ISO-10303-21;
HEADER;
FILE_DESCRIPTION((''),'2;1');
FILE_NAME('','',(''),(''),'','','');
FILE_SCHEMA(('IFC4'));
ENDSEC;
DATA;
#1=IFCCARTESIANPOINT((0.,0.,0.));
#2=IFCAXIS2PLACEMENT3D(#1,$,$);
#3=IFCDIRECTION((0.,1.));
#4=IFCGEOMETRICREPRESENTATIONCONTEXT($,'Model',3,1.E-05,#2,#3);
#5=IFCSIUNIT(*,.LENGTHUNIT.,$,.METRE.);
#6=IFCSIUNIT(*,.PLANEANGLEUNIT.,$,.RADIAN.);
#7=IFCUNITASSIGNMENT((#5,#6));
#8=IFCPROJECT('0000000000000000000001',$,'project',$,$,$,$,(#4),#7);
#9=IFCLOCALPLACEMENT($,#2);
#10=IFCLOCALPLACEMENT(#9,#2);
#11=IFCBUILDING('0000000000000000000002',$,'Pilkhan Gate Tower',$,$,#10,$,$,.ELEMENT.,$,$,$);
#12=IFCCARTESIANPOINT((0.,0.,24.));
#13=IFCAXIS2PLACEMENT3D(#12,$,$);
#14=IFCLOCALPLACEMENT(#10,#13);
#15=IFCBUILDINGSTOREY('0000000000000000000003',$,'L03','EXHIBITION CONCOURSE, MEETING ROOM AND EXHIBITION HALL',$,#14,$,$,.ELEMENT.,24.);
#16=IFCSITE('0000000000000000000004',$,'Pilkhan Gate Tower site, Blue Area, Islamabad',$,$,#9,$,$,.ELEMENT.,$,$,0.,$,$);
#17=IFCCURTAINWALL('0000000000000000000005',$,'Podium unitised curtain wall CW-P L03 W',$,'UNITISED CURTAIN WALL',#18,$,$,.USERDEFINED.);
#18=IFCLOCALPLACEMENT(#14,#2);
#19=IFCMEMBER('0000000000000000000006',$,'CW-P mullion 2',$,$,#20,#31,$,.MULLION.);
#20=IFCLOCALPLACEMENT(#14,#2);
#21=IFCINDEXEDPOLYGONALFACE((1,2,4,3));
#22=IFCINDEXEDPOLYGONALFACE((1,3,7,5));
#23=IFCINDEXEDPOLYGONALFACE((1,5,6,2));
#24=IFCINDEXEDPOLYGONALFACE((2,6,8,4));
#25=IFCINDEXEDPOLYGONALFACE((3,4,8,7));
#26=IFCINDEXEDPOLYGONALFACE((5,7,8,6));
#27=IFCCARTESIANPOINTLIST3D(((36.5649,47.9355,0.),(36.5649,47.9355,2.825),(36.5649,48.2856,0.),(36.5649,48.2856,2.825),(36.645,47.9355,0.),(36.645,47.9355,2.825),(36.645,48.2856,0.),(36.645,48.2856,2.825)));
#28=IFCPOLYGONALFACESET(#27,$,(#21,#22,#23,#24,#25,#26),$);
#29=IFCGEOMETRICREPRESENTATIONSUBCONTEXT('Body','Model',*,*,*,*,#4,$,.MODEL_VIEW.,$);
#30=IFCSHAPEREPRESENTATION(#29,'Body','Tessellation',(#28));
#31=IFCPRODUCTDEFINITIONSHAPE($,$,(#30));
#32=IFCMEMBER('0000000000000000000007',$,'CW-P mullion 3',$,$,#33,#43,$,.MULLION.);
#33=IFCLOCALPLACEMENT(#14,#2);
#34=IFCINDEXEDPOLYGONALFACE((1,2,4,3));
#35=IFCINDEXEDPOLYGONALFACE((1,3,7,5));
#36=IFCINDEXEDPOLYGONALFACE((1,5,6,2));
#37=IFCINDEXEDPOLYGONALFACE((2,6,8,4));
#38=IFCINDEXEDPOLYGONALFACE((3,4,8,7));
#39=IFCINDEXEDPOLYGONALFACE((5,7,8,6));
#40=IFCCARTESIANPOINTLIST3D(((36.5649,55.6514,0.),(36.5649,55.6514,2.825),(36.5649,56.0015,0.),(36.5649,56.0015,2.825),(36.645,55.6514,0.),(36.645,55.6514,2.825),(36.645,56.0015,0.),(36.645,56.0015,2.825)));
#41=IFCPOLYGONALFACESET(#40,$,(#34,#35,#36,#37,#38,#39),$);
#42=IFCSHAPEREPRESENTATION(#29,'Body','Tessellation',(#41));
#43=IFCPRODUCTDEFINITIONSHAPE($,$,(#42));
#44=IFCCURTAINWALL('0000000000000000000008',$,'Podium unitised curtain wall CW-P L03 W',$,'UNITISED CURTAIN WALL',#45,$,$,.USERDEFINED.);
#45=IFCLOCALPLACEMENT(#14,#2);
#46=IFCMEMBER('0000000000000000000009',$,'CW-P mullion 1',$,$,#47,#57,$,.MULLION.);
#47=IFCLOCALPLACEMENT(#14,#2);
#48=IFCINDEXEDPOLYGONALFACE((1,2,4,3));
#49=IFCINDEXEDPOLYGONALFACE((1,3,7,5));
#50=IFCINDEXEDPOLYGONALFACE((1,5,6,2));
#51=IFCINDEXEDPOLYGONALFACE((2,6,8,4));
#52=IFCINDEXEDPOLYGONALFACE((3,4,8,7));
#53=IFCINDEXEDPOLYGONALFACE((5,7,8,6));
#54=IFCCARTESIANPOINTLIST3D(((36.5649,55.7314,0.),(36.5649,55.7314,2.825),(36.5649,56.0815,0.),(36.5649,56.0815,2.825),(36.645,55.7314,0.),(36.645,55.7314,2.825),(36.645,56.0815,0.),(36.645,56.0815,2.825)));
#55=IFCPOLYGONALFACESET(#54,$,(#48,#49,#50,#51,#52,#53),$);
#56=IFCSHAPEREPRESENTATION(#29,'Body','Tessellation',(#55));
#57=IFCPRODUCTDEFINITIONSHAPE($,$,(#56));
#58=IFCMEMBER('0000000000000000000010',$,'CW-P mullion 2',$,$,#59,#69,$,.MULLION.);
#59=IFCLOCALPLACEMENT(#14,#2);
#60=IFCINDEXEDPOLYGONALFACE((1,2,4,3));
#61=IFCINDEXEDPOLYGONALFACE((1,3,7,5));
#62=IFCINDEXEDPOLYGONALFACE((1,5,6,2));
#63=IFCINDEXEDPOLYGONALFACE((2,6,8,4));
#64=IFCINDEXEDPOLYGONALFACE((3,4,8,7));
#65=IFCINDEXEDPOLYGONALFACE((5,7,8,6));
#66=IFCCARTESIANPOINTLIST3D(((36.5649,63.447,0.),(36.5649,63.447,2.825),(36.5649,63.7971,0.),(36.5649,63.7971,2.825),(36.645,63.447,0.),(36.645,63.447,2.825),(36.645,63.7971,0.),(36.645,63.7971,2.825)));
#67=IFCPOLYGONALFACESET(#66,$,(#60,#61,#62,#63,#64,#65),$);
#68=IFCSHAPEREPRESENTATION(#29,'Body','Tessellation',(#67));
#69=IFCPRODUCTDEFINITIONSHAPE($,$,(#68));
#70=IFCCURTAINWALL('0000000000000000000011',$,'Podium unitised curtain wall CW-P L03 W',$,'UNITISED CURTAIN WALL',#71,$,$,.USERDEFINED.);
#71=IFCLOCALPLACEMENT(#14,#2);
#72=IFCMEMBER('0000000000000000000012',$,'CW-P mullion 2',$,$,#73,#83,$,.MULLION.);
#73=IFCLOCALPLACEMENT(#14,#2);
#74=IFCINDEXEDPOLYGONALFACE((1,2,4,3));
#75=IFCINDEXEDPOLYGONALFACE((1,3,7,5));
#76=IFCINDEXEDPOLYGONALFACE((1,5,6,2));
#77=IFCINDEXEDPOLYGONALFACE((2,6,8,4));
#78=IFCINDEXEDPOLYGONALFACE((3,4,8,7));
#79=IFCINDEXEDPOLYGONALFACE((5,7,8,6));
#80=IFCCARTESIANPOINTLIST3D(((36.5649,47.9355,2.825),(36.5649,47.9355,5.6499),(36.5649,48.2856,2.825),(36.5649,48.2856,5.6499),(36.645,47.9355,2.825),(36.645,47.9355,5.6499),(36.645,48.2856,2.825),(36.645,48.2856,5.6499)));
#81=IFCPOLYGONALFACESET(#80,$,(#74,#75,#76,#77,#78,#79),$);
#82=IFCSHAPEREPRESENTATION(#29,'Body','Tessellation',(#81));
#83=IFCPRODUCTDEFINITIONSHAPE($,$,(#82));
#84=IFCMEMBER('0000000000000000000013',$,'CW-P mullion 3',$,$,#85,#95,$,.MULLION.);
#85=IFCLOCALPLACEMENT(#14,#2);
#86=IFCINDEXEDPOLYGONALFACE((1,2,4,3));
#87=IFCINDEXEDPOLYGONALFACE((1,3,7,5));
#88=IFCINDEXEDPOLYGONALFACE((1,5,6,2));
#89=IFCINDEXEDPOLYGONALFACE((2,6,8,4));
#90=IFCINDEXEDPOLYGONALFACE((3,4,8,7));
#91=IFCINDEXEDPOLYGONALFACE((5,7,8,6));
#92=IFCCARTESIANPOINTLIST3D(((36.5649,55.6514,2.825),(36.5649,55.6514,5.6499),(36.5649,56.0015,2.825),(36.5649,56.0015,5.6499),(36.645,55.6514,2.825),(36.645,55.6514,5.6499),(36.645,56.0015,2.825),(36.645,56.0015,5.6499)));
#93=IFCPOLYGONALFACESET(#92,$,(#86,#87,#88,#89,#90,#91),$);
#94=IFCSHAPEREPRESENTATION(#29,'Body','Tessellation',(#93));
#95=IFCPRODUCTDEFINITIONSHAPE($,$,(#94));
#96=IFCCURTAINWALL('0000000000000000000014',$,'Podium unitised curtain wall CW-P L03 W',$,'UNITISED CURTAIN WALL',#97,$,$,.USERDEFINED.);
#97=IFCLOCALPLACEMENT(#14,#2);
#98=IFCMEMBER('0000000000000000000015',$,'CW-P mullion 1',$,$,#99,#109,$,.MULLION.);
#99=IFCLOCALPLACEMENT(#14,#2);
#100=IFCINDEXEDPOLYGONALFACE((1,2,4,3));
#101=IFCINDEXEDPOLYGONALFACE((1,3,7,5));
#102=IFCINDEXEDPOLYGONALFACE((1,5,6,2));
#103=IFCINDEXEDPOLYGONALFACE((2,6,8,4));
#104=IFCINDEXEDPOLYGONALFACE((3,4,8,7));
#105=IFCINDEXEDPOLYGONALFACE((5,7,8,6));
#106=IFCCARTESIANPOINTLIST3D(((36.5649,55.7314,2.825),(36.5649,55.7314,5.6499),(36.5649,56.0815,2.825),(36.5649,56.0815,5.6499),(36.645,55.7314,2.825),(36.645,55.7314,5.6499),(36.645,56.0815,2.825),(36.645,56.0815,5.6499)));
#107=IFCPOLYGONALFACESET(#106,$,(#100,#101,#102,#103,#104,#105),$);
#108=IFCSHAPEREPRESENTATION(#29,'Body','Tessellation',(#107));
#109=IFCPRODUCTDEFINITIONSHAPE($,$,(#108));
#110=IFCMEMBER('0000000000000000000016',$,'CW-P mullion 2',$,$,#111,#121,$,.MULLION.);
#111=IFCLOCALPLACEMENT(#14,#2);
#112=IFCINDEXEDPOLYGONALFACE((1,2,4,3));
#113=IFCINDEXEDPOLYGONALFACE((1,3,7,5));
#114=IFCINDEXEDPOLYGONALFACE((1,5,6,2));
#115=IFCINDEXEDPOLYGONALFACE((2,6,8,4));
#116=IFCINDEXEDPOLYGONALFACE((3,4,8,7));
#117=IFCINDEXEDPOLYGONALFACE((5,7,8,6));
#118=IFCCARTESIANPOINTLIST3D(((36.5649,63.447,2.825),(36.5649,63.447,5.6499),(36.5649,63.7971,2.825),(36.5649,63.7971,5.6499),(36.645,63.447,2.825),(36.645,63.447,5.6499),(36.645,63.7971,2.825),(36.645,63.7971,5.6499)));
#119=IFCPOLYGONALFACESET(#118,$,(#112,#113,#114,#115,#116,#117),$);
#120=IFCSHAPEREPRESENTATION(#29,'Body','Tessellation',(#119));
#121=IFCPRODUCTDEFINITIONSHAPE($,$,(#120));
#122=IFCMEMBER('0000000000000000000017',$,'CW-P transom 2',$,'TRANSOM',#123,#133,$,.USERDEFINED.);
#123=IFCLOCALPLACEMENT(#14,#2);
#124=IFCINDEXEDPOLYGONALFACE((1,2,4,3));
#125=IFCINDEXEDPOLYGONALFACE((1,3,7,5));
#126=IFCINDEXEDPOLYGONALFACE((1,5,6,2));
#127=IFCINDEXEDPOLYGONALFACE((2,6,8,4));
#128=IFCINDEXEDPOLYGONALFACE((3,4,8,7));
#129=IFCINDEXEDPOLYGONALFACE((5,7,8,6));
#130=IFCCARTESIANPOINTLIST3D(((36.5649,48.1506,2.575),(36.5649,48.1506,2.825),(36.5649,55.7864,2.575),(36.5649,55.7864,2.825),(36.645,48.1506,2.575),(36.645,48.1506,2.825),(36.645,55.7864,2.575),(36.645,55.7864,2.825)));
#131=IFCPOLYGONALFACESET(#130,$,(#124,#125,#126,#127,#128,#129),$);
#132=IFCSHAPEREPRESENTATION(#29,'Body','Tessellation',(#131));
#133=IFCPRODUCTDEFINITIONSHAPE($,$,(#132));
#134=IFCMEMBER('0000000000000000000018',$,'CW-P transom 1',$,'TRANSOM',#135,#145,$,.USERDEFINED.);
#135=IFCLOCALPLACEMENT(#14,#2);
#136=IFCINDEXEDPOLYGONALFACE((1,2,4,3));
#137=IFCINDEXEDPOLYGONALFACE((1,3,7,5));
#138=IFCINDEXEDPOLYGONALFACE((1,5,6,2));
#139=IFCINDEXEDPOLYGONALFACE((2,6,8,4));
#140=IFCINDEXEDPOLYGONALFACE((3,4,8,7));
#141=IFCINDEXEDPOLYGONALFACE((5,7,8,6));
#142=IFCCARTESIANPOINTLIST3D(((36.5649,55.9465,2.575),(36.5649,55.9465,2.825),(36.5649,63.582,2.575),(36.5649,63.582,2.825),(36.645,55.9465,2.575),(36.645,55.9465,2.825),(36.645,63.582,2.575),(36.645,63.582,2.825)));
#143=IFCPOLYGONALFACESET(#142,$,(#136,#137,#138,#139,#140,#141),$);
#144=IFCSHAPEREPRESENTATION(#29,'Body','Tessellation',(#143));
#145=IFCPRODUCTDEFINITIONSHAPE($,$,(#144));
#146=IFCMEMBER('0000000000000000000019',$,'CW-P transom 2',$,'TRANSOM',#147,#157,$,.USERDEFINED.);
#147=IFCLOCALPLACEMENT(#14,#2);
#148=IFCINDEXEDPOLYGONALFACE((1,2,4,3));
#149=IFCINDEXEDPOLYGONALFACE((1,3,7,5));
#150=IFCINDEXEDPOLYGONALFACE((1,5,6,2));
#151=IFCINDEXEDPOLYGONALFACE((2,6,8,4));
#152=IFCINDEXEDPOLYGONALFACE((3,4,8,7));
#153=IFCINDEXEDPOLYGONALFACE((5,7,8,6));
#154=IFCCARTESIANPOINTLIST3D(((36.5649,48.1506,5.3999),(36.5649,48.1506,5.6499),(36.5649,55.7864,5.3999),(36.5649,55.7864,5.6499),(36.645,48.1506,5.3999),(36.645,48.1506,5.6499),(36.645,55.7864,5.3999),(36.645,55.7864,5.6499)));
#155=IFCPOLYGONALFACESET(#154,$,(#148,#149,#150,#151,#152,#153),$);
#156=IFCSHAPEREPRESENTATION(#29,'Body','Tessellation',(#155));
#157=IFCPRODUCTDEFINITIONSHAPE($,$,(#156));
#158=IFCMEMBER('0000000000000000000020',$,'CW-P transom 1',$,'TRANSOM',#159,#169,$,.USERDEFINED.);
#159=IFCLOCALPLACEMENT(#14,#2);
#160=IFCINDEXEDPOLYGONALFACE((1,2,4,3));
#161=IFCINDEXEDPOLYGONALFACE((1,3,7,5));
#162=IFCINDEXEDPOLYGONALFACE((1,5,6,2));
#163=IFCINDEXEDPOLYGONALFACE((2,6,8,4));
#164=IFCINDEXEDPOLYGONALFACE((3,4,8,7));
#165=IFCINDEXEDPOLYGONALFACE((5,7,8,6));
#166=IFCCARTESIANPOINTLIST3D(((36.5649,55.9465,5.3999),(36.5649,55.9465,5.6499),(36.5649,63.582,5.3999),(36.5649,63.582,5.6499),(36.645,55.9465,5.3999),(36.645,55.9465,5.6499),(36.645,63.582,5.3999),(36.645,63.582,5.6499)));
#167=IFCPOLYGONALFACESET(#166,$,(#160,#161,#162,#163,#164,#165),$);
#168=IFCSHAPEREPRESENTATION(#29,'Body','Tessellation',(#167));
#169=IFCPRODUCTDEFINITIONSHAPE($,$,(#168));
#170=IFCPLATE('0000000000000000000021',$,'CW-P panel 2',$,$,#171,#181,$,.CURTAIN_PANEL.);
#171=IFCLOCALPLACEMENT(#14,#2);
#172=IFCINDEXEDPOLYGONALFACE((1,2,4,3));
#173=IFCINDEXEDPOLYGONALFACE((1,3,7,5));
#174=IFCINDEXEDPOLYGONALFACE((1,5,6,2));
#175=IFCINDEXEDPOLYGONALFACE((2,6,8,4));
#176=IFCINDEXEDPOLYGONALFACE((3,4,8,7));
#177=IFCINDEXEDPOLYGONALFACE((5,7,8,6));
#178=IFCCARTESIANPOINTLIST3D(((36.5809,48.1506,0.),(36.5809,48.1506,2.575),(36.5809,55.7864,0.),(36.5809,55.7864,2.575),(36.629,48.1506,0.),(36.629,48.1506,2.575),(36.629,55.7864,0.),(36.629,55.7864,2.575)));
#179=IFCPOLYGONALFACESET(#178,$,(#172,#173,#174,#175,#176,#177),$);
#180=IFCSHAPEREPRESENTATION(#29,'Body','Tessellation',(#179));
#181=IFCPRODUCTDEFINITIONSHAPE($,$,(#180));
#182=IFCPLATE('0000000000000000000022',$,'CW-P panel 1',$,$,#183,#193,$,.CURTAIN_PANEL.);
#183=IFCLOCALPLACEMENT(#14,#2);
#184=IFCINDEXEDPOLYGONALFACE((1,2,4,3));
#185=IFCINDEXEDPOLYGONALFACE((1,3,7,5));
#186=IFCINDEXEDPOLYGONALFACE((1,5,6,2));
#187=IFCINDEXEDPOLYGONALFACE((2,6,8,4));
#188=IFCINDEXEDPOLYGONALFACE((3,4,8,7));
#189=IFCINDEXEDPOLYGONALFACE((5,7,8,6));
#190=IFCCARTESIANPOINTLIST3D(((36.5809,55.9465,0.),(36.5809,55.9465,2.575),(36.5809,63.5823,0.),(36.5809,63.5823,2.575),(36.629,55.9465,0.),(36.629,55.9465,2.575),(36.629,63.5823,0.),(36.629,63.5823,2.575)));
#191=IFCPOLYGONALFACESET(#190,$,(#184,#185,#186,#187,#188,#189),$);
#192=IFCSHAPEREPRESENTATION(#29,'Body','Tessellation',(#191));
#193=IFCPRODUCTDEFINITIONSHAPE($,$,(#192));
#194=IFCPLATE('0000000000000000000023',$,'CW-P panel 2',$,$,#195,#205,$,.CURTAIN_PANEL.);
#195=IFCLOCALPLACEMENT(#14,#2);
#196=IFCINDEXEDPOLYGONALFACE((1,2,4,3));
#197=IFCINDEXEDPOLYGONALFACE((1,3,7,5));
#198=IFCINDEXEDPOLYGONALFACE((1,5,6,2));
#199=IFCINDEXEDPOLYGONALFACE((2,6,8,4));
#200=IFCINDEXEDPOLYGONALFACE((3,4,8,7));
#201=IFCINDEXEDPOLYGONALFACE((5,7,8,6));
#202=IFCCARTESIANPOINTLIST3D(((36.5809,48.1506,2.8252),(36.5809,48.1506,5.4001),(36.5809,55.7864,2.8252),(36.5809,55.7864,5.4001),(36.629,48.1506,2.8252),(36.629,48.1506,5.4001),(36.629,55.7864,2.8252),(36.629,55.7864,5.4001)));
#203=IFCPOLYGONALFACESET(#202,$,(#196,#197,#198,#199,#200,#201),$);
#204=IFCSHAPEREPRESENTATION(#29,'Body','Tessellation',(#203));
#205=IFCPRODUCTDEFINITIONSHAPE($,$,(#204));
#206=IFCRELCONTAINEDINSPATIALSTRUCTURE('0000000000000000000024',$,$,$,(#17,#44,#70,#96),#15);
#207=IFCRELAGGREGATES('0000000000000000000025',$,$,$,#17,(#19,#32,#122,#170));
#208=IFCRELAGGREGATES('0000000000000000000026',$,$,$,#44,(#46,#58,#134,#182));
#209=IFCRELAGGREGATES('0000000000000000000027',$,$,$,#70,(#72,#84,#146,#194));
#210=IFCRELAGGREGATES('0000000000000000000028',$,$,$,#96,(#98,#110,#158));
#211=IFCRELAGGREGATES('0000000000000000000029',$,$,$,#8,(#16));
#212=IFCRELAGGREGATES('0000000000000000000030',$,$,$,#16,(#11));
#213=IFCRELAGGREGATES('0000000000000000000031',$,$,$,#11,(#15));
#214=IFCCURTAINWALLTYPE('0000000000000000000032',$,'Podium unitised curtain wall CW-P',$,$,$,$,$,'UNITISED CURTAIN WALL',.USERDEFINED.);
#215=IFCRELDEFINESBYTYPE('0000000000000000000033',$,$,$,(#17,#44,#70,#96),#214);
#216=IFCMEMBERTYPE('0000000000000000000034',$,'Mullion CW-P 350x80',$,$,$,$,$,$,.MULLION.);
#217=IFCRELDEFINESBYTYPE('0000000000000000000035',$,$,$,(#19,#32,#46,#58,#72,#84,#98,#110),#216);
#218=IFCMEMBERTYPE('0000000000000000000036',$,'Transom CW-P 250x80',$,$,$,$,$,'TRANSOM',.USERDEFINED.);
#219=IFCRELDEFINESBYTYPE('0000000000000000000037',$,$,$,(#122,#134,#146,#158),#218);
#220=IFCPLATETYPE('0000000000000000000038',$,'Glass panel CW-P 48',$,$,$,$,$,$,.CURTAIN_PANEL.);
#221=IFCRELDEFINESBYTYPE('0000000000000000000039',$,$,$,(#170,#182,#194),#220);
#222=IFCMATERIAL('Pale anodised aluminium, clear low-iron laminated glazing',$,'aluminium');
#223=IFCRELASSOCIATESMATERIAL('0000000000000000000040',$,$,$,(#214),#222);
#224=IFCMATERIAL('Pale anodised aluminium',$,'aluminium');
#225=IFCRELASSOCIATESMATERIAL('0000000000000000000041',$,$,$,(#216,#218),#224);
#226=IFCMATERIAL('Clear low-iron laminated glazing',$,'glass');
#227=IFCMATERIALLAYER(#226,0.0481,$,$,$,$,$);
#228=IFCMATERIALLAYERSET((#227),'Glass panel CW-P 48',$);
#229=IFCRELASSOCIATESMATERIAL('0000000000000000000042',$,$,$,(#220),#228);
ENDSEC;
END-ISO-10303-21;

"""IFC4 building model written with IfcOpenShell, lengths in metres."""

from ifc_helpers import new_model, si_unit, direction, frame, origin, origin_2d, place, context, subcontext, project, spatial, rectangle, extrude, material, layer, layer_set, material_profile, profile_set, type_object, element, aggregate, save


model = new_model("IFC4")

# Units and contexts
model_context = context("Model", 3, precision=1e-05, world=origin(), true_north=direction((0.0, 1.0)))
body_context = subcontext(model_context, "Body", "Model", "MODEL_VIEW")
ifc_project = project(units=[si_unit("LENGTHUNIT", "METRE"), si_unit("PLANEANGLEUNIT", "RADIAN")], contexts=[model_context])

# Site, building, storey
site_placement = place(None, origin())
site = spatial("IfcSite", under=ifc_project, at=site_placement, Name="Pilkhan Gate Tower site, Blue Area, Islamabad", CompositionType="ELEMENT", RefElevation=0.0)
building_placement = place(site_placement, origin())
building = spatial("IfcBuilding", under=site, at=building_placement, Name="Pilkhan Gate Tower", CompositionType="ELEMENT")
storey_placement = place(building_placement, frame((0.0, 0.0, 24.0)))
storey = spatial("IfcBuildingStorey", under=building, at=storey_placement, Name="L03", Description="EXHIBITION CONCOURSE, MEETING ROOM AND EXHIBITION HALL", CompositionType="ELEMENT", Elevation=24.0)

# Curtain walls, members
ifc_material_1 = material(Name="Pale anodised aluminium, clear low-iron laminated glazing", Category="aluminium")
curtain_wall_type = type_object("IfcCurtainWallType", Name="Podium unitised curtain wall CW-P", ElementType="UNITISED CURTAIN WALL", PredefinedType="USERDEFINED", material=ifc_material_1)
curtain_wall_1_placement = place(storey_placement, origin())
curtain_wall_1 = element("IfcCurtainWall", 1, at=curtain_wall_1_placement, inside=storey, type_object=curtain_wall_type, Name="Podium unitised curtain wall CW-P L03 W", ObjectType="UNITISED CURTAIN WALL", PredefinedType="USERDEFINED")
ifc_material_2 = material(Name="Pale anodised aluminium", Category="aluminium")
ifc_material_profile_1 = material_profile(ifc_material_2, rectangle(XDim=0.0801, YDim=0.3501, at=origin_2d()), Name="Mullion 350x80")
ifc_profile_set_1 = profile_set([ifc_material_profile_1], Name="Pale anodised aluminium")
member_type_1 = type_object("IfcMemberType", Name="Mullion CW-P 350x80", PredefinedType="MULLION", material=ifc_profile_set_1)
member_1_placement = place(storey_placement, frame((36.605, 48.1106, 0.0), z_axis=(0.0, 0.0, 1.0), x_axis=(-1.0, 0.0, 0.0)))
member_1 = element("IfcMember", 2, at=member_1_placement, type_object=member_type_1, Name="CW-P mullion 2", PredefinedType="MULLION", context=body_context, shape_type="SweptSolid", body=[
    extrude(rectangle(XDim=0.0801, YDim=0.3501, at=origin_2d()), origin(), (0.0, 0.0, 1.0), 2.825),
])
member_2_placement = place(storey_placement, frame((36.605, 55.8264, 0.0), z_axis=(0.0, 0.0, 1.0), x_axis=(-1.0, 0.0, 0.0)))
member_2 = element("IfcMember", 3, at=member_2_placement, type_object=member_type_1, Name="CW-P mullion 3", PredefinedType="MULLION", context=body_context, shape_type="SweptSolid", body=[
    extrude(rectangle(XDim=0.0801, YDim=0.3501, at=origin_2d()), origin(), (0.0, 0.0, 1.0), 2.825),
])
curtain_wall_2_placement = place(storey_placement, origin())
curtain_wall_2 = element("IfcCurtainWall", 4, at=curtain_wall_2_placement, inside=storey, type_object=curtain_wall_type, Name="Podium unitised curtain wall CW-P L03 W", ObjectType="UNITISED CURTAIN WALL", PredefinedType="USERDEFINED")
member_3_placement = place(storey_placement, frame((36.605, 55.9065, 0.0), z_axis=(0.0, 0.0, 1.0), x_axis=(-1.0, 0.0, 0.0)))
member_3 = element("IfcMember", 5, at=member_3_placement, type_object=member_type_1, Name="CW-P mullion 1", PredefinedType="MULLION", context=body_context, shape_type="SweptSolid", body=[
    extrude(rectangle(XDim=0.0801, YDim=0.3501, at=origin_2d()), origin(), (0.0, 0.0, 1.0), 2.825),
])
member_4_placement = place(storey_placement, frame((36.605, 63.6221, 0.0), z_axis=(0.0, 0.0, 1.0), x_axis=(-1.0, 0.0, 0.0)))
member_4 = element("IfcMember", 6, at=member_4_placement, type_object=member_type_1, Name="CW-P mullion 2", PredefinedType="MULLION", context=body_context, shape_type="SweptSolid", body=[
    extrude(rectangle(XDim=0.0801, YDim=0.3501, at=origin_2d()), origin(), (0.0, 0.0, 1.0), 2.825),
])
curtain_wall_3_placement = place(storey_placement, origin())
curtain_wall_3 = element("IfcCurtainWall", 7, at=curtain_wall_3_placement, inside=storey, type_object=curtain_wall_type, Name="Podium unitised curtain wall CW-P L03 W", ObjectType="UNITISED CURTAIN WALL", PredefinedType="USERDEFINED")
member_5_placement = place(storey_placement, frame((36.605, 48.1106, 2.825), z_axis=(0.0, 0.0, 1.0), x_axis=(-1.0, 0.0, 0.0)))
member_5 = element("IfcMember", 8, at=member_5_placement, type_object=member_type_1, Name="CW-P mullion 2", PredefinedType="MULLION", context=body_context, shape_type="SweptSolid", body=[
    extrude(rectangle(XDim=0.0801, YDim=0.3501, at=origin_2d()), origin(), (0.0, 0.0, 1.0), 2.825),
])
member_6_placement = place(storey_placement, frame((36.605, 55.8264, 2.825), z_axis=(0.0, 0.0, 1.0), x_axis=(-1.0, 0.0, 0.0)))
member_6 = element("IfcMember", 9, at=member_6_placement, type_object=member_type_1, Name="CW-P mullion 3", PredefinedType="MULLION", context=body_context, shape_type="SweptSolid", body=[
    extrude(rectangle(XDim=0.0801, YDim=0.3501, at=origin_2d()), origin(), (0.0, 0.0, 1.0), 2.825),
])
curtain_wall_4_placement = place(storey_placement, origin())
curtain_wall_4 = element("IfcCurtainWall", 10, at=curtain_wall_4_placement, inside=storey, type_object=curtain_wall_type, Name="Podium unitised curtain wall CW-P L03 W", ObjectType="UNITISED CURTAIN WALL", PredefinedType="USERDEFINED")
member_7_placement = place(storey_placement, frame((36.605, 55.9065, 2.825), z_axis=(0.0, 0.0, 1.0), x_axis=(-1.0, 0.0, 0.0)))
member_7 = element("IfcMember", 11, at=member_7_placement, type_object=member_type_1, Name="CW-P mullion 1", PredefinedType="MULLION", context=body_context, shape_type="SweptSolid", body=[
    extrude(rectangle(XDim=0.0801, YDim=0.3501, at=origin_2d()), origin(), (0.0, 0.0, 1.0), 2.825),
])
member_8_placement = place(storey_placement, frame((36.605, 63.6221, 2.825), z_axis=(0.0, 0.0, 1.0), x_axis=(-1.0, 0.0, 0.0)))
member_8 = element("IfcMember", 12, at=member_8_placement, type_object=member_type_1, Name="CW-P mullion 2", PredefinedType="MULLION", context=body_context, shape_type="SweptSolid", body=[
    extrude(rectangle(XDim=0.0801, YDim=0.3501, at=origin_2d()), origin(), (0.0, 0.0, 1.0), 2.825),
])

# Members
ifc_material_profile_2 = material_profile(ifc_material_2, rectangle(XDim=0.0801, YDim=0.25, at=origin_2d()), Name="Transom 250x80")
ifc_profile_set_2 = profile_set([ifc_material_profile_2], Name="Pale anodised aluminium")
member_type_2 = type_object("IfcMemberType", Name="Transom CW-P 250x80", ElementType="TRANSOM", PredefinedType="USERDEFINED", material=ifc_profile_set_2)
member_9_placement = place(storey_placement, frame((36.605, 48.1506, 2.7), z_axis=(0.0, 1.0, 0.0), x_axis=(-1.0, 0.0, 0.0)))
member_9 = element("IfcMember", 13, at=member_9_placement, type_object=member_type_2, Name="CW-P transom 2", ObjectType="TRANSOM", PredefinedType="USERDEFINED", context=body_context, shape_type="SweptSolid", body=[
    extrude(rectangle(XDim=0.0801, YDim=0.25, at=origin_2d()), origin(), (0.0, 0.0, 1.0), 7.6357),
])
member_10_placement = place(storey_placement, frame((36.605, 55.9465, 2.7), z_axis=(0.0, 1.0, 0.0), x_axis=(-1.0, 0.0, 0.0)))
member_10 = element("IfcMember", 14, at=member_10_placement, type_object=member_type_2, Name="CW-P transom 1", ObjectType="TRANSOM", PredefinedType="USERDEFINED", context=body_context, shape_type="SweptSolid", body=[
    extrude(rectangle(XDim=0.0801, YDim=0.25, at=origin_2d()), origin(), (0.0, 0.0, 1.0), 7.6355),
])
member_11_placement = place(storey_placement, frame((36.605, 48.1506, 5.5249), z_axis=(0.0, 1.0, 0.0), x_axis=(-1.0, 0.0, 0.0)))
member_11 = element("IfcMember", 15, at=member_11_placement, type_object=member_type_2, Name="CW-P transom 2", ObjectType="TRANSOM", PredefinedType="USERDEFINED", context=body_context, shape_type="SweptSolid", body=[
    extrude(rectangle(XDim=0.0801, YDim=0.25, at=origin_2d()), origin(), (0.0, 0.0, 1.0), 7.6357),
])
member_12_placement = place(storey_placement, frame((36.605, 55.9465, 5.5249), z_axis=(0.0, 1.0, 0.0), x_axis=(-1.0, 0.0, 0.0)))
member_12 = element("IfcMember", 16, at=member_12_placement, type_object=member_type_2, Name="CW-P transom 1", ObjectType="TRANSOM", PredefinedType="USERDEFINED", context=body_context, shape_type="SweptSolid", body=[
    extrude(rectangle(XDim=0.0801, YDim=0.25, at=origin_2d()), origin(), (0.0, 0.0, 1.0), 7.6355),
])

# Plates
ifc_material_3 = material(Name="Clear low-iron laminated glazing", Category="glass")
ifc_layer = layer(ifc_material_3, 0.0481)
ifc_layer_set = layer_set([ifc_layer], Name="Glass panel CW-P 48")
plate_type = type_object("IfcPlateType", Name="Glass panel CW-P 48", PredefinedType="CURTAIN_PANEL", material=ifc_layer_set)
plate_1_placement = place(storey_placement, frame((36.605, 51.9685, 0.0), z_axis=(0.0, 0.0, 1.0), x_axis=(0.0, 1.0, 0.0)))
plate_1 = element("IfcPlate", 17, at=plate_1_placement, type_object=plate_type, Name="CW-P panel 2", PredefinedType="CURTAIN_PANEL", context=body_context, shape_type="SweptSolid", body=[
    extrude(rectangle(XDim=7.6357, YDim=0.0481, at=origin_2d()), origin(), (0.0, 0.0, 1.0), 2.575),
])
aggregate(curtain_wall_1, [member_1, member_2, member_9, plate_1])
plate_2_placement = place(storey_placement, frame((36.605, 59.7644, 0.0), z_axis=(0.0, 0.0, 1.0), x_axis=(0.0, 1.0, 0.0)))
plate_2 = element("IfcPlate", 18, at=plate_2_placement, type_object=plate_type, Name="CW-P panel 1", PredefinedType="CURTAIN_PANEL", context=body_context, shape_type="SweptSolid", body=[
    extrude(rectangle(XDim=7.6357, YDim=0.0481, at=origin_2d()), origin(), (0.0, 0.0, 1.0), 2.575),
])
aggregate(curtain_wall_2, [member_3, member_4, member_10, plate_2])
plate_3_placement = place(storey_placement, frame((36.605, 51.9685, 2.8252), z_axis=(0.0, 0.0, 1.0), x_axis=(0.0, 1.0, 0.0)))
plate_3 = element("IfcPlate", 19, at=plate_3_placement, type_object=plate_type, Name="CW-P panel 2", PredefinedType="CURTAIN_PANEL", context=body_context, shape_type="SweptSolid", body=[
    extrude(rectangle(XDim=7.6357, YDim=0.0481, at=origin_2d()), origin(), (0.0, 0.0, 1.0), 2.575),
])
aggregate(curtain_wall_3, [member_5, member_6, member_11, plate_3])
aggregate(curtain_wall_4, [member_7, member_8, member_12])

save(model, "model.ifc")
